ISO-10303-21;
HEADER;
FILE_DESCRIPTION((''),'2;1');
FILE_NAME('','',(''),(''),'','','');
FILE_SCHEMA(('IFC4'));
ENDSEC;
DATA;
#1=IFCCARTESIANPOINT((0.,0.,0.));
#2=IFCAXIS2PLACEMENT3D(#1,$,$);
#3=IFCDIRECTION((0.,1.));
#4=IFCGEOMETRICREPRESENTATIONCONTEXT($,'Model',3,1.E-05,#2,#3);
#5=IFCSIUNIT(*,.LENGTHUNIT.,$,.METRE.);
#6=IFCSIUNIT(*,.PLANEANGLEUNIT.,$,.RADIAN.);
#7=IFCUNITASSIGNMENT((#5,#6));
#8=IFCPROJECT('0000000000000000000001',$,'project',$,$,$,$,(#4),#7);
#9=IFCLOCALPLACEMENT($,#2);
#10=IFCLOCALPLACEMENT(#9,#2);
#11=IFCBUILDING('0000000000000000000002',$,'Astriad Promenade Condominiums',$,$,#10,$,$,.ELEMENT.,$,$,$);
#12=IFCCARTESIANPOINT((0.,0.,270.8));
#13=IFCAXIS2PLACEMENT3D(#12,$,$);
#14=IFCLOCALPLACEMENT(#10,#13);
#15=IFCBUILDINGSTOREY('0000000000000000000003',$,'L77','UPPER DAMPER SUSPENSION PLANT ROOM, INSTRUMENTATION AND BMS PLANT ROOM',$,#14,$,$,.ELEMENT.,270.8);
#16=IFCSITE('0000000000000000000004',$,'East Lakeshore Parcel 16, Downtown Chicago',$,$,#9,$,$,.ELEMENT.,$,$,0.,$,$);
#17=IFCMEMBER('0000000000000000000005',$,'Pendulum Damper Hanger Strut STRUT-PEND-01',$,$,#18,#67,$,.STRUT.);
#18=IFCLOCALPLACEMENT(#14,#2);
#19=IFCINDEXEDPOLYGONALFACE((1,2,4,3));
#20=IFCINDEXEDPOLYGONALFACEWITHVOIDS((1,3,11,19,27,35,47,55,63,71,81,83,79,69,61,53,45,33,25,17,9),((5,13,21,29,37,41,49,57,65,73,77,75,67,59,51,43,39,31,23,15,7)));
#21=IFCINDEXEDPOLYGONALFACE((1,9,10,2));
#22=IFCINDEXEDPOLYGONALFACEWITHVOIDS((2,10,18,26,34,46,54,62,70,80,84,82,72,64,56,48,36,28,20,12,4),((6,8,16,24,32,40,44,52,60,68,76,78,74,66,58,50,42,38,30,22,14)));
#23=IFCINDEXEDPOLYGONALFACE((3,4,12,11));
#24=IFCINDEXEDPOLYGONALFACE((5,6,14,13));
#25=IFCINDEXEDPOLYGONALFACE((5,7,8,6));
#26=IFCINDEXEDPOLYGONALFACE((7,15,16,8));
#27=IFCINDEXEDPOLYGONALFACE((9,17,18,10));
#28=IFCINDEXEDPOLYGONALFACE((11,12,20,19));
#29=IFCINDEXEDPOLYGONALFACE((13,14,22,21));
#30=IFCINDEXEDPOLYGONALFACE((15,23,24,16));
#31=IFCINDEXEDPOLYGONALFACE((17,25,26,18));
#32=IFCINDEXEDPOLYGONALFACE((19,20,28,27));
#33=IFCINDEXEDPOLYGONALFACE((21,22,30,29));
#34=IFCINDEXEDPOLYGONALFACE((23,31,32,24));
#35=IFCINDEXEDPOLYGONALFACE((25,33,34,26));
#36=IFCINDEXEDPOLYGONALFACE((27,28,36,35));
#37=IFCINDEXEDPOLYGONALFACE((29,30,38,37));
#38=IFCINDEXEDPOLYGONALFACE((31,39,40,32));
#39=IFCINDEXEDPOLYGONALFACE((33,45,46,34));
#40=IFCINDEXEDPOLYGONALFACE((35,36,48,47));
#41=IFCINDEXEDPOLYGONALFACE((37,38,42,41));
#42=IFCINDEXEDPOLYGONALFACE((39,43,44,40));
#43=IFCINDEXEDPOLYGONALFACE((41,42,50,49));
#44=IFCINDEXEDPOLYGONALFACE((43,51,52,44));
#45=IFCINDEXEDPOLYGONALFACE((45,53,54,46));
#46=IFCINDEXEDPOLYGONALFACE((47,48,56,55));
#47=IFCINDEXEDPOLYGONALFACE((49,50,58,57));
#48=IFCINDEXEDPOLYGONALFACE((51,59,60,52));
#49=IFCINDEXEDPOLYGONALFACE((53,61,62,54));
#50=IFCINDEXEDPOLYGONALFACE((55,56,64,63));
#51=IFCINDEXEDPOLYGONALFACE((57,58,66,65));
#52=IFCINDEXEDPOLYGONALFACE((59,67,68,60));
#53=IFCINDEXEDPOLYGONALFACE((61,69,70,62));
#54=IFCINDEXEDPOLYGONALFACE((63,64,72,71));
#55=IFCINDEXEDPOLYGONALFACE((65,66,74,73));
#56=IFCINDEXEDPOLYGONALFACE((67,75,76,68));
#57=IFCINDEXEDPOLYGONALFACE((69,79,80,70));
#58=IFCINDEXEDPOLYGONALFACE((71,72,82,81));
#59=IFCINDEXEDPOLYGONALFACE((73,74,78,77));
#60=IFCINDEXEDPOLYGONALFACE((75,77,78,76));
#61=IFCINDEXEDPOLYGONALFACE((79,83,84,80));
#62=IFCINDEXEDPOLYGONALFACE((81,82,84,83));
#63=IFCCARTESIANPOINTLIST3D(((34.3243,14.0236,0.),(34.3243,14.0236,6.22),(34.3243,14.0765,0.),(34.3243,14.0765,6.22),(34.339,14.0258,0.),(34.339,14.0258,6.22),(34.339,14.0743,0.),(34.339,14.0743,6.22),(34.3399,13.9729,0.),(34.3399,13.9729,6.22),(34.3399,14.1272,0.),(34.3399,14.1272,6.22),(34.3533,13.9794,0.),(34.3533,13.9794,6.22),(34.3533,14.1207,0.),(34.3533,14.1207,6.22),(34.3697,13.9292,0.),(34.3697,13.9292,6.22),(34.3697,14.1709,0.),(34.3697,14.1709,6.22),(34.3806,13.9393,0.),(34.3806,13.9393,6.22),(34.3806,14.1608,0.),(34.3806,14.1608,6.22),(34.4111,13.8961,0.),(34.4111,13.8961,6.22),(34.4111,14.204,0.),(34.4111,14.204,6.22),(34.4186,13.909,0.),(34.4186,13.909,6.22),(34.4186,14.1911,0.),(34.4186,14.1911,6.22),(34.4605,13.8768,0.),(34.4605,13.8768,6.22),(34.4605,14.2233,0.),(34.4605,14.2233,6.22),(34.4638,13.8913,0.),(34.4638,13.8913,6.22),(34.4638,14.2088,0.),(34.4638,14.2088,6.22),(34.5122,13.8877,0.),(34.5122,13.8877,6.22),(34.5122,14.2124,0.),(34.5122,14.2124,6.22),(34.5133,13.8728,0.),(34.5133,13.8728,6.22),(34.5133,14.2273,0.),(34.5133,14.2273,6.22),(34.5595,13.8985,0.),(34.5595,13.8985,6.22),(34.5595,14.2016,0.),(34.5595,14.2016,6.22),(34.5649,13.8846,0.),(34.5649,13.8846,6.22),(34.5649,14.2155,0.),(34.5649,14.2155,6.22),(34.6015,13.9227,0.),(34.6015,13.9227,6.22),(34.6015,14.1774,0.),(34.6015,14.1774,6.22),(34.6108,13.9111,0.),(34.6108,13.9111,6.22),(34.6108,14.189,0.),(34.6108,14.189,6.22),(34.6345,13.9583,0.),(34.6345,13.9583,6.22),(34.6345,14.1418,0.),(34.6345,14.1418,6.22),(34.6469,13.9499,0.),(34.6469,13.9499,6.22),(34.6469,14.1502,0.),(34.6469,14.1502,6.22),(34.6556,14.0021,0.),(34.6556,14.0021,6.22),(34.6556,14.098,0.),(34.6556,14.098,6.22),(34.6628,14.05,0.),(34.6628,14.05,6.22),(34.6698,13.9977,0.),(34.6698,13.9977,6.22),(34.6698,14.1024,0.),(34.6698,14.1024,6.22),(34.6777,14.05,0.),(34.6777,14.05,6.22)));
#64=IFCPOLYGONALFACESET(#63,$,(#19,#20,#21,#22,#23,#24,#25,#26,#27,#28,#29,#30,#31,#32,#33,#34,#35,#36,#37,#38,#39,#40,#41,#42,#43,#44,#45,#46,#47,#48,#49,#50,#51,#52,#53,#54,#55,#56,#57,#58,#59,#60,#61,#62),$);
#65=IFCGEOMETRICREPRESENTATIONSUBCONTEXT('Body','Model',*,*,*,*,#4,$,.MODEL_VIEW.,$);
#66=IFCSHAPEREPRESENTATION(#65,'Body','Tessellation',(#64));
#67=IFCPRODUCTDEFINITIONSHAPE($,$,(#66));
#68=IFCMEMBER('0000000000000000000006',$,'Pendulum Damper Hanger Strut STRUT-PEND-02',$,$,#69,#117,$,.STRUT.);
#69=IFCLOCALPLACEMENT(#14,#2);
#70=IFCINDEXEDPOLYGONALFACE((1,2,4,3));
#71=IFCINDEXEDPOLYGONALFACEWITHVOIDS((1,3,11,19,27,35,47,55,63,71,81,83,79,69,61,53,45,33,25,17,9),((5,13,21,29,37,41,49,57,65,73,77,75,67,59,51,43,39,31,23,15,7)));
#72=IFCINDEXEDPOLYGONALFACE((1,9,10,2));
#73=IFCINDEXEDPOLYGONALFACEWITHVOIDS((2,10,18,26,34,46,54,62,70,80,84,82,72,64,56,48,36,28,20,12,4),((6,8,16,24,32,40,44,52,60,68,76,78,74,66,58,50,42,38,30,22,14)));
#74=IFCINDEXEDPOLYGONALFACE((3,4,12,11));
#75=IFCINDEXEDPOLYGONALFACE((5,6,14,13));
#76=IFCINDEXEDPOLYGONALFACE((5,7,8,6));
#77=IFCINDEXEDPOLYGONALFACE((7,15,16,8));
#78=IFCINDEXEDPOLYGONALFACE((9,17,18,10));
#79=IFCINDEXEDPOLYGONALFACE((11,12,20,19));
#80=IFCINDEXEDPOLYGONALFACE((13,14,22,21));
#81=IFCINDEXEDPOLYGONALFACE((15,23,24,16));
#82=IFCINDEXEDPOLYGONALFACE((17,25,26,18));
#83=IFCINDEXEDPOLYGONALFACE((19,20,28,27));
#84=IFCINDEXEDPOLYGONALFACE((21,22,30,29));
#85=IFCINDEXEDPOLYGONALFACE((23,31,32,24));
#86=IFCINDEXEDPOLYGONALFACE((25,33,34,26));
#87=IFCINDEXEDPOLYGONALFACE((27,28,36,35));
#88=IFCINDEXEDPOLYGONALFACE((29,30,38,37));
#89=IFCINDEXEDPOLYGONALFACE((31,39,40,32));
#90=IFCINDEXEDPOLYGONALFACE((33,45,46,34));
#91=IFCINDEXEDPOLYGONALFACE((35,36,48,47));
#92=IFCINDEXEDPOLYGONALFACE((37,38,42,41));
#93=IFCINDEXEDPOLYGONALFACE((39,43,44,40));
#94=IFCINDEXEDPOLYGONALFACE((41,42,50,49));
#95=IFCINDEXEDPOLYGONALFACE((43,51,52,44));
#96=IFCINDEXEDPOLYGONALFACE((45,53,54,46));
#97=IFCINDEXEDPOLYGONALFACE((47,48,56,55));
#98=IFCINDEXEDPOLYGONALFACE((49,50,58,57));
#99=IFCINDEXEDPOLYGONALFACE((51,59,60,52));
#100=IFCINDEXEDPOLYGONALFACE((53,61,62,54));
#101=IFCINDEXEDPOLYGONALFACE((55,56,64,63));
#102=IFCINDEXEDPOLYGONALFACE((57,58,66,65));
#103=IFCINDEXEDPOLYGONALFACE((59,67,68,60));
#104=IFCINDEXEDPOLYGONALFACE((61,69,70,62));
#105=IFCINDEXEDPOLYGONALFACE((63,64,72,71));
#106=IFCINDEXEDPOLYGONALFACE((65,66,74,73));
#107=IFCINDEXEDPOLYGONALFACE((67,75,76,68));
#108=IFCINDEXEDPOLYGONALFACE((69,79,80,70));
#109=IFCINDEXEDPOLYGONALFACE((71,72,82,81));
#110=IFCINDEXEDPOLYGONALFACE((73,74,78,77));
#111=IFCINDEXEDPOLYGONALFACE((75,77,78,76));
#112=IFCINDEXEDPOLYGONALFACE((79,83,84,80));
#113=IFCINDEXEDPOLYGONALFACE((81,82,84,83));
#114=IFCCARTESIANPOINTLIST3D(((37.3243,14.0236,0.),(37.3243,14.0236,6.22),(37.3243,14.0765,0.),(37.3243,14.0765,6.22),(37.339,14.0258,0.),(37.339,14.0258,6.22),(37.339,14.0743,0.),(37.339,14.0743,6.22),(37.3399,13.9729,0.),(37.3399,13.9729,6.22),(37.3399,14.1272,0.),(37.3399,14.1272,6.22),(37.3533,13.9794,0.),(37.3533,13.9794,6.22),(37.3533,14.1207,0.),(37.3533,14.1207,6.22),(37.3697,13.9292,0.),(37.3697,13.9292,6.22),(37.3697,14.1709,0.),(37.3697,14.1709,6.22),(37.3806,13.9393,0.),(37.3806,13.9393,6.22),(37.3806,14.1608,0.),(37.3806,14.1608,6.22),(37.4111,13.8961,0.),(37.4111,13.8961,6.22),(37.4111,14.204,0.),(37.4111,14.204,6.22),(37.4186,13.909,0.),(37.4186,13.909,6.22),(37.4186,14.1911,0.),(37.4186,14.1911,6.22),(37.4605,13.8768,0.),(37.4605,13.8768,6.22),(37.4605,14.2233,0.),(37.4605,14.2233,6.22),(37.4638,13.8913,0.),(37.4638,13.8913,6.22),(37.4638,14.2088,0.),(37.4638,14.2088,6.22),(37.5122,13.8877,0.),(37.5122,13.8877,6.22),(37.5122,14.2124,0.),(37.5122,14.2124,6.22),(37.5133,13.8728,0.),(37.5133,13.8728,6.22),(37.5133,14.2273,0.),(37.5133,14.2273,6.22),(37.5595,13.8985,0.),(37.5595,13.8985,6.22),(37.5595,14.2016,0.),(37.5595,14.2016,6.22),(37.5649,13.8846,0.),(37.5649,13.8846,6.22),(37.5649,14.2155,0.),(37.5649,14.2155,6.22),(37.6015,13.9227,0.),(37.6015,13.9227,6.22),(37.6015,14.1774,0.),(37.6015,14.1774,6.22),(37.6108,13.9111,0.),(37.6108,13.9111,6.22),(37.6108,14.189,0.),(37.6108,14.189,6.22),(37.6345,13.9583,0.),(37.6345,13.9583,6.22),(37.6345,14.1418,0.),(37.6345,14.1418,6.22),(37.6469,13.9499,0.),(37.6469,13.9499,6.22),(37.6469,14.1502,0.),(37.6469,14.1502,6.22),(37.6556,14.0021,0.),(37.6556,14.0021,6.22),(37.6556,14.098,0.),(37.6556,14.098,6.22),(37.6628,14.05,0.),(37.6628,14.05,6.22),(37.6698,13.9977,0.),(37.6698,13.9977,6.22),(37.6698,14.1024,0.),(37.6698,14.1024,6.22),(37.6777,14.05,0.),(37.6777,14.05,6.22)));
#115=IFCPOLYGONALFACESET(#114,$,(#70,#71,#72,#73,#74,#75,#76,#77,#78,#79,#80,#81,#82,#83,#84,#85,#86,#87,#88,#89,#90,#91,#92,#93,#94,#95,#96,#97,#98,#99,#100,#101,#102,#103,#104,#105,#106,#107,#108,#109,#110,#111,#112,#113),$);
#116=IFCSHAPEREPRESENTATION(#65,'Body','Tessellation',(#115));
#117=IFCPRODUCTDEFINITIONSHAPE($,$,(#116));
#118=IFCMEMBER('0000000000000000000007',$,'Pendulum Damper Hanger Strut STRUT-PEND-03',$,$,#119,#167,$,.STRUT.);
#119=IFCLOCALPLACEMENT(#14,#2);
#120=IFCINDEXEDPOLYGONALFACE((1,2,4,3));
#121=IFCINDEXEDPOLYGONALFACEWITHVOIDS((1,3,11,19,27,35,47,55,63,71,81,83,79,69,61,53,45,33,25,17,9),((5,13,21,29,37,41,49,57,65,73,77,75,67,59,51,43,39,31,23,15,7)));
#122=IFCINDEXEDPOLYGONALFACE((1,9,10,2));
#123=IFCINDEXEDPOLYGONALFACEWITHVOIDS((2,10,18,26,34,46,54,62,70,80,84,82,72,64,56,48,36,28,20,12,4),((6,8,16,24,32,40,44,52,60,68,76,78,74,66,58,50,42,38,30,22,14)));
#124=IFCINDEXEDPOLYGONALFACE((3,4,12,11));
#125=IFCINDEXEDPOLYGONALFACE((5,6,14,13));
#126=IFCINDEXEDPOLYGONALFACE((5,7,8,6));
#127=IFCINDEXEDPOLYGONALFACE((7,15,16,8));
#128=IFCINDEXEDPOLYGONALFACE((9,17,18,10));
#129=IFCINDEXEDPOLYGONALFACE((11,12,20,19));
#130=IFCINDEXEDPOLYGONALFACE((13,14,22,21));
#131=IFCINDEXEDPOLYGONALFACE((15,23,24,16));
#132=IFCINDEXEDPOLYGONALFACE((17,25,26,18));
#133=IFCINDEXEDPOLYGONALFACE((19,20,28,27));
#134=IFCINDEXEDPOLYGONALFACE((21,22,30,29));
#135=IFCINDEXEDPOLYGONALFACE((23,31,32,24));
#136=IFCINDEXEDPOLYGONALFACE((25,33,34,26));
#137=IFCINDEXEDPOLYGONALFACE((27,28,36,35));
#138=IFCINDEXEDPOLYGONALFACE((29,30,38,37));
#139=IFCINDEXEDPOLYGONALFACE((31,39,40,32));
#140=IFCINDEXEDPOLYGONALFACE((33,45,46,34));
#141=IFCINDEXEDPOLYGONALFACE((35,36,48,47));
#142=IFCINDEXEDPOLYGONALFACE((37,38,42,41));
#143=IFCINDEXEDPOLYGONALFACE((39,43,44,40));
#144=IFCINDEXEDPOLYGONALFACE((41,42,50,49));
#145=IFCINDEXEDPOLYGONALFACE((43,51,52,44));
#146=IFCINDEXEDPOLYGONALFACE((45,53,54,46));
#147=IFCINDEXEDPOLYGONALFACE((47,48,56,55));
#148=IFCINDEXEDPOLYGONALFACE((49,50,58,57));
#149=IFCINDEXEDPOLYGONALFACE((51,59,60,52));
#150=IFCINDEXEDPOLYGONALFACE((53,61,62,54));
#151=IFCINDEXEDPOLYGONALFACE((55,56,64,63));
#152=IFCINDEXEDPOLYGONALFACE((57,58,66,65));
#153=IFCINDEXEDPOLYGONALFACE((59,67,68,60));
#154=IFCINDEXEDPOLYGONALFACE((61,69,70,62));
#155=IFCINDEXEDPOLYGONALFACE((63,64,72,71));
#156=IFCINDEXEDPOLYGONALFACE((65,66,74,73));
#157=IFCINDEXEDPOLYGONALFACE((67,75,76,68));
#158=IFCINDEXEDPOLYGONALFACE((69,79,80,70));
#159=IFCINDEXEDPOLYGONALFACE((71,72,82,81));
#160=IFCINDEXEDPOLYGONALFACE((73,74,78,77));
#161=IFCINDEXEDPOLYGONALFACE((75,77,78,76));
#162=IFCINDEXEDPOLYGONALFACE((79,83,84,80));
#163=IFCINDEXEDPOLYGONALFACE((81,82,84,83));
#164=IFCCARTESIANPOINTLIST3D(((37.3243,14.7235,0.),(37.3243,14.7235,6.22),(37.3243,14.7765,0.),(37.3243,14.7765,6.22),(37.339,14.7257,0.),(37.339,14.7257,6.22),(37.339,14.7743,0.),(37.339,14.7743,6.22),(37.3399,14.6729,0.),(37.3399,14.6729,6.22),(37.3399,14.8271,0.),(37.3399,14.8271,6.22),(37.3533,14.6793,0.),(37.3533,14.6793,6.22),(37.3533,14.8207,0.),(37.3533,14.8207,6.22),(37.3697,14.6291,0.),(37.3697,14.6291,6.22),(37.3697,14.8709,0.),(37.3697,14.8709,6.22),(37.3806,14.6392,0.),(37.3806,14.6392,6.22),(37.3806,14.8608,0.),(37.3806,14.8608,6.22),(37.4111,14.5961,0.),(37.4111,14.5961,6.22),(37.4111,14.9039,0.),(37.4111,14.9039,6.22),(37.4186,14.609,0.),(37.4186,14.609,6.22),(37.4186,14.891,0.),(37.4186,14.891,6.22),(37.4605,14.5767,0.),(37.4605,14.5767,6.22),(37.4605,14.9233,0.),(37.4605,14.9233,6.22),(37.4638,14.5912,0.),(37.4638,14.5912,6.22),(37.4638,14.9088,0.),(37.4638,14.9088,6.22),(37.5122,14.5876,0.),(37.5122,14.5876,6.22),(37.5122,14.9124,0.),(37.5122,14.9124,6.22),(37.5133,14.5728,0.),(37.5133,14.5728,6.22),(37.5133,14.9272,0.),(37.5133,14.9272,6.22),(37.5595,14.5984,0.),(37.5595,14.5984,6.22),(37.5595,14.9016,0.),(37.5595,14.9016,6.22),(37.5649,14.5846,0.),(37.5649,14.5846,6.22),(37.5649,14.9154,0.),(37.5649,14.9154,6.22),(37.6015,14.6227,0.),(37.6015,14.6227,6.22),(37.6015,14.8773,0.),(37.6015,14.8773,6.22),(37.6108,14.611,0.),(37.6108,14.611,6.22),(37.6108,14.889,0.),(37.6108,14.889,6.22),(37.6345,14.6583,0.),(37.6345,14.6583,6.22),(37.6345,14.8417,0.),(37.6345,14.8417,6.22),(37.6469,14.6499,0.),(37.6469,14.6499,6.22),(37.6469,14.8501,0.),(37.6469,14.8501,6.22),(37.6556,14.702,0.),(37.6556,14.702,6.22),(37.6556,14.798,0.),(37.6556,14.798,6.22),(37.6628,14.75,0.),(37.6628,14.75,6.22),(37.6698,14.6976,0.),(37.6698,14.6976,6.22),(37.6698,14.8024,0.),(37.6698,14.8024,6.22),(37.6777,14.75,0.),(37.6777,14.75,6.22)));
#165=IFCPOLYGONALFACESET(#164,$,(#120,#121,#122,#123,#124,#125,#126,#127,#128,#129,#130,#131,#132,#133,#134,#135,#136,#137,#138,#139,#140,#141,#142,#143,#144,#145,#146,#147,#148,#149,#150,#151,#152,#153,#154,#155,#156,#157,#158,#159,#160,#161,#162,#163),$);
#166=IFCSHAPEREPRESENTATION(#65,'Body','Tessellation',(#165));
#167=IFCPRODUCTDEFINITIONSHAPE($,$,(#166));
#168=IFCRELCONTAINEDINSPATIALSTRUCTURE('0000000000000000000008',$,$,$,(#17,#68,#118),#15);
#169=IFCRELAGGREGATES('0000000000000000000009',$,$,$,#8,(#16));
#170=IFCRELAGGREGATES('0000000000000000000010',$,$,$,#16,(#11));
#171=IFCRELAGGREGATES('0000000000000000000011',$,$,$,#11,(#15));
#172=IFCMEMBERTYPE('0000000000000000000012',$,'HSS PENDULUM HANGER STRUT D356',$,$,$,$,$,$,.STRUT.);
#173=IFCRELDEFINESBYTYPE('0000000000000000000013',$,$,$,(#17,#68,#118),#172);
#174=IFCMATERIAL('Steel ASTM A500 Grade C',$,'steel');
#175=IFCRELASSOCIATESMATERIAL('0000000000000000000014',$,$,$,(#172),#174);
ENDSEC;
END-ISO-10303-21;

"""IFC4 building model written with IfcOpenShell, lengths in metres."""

from ifc_helpers import new_model, si_unit, direction, frame, origin, origin_2d, place, context, subcontext, project, spatial, hollow_circle, extrude, source, transform, mapped, material, material_profile, profile_set, type_object, type_shapes, element, save


model = new_model("IFC4")

# Units and contexts
model_context = context("Model", 3, precision=1e-05, world=origin(), true_north=direction((0.0, 1.0)))
body_context = subcontext(model_context, "Body", "Model", "MODEL_VIEW")
ifc_project = project(units=[si_unit("LENGTHUNIT", "METRE"), si_unit("PLANEANGLEUNIT", "RADIAN")], contexts=[model_context])

# Site, building, storey
site_placement = place(None, origin())
site = spatial("IfcSite", under=ifc_project, at=site_placement, Name="East Lakeshore Parcel 16, Downtown Chicago", CompositionType="ELEMENT", RefElevation=0.0)
building_placement = place(site_placement, origin())
building = spatial("IfcBuilding", under=site, at=building_placement, Name="Astriad Promenade Condominiums", CompositionType="ELEMENT")
storey_placement = place(building_placement, frame((0.0, 0.0, 270.8)))
storey = spatial("IfcBuildingStorey", under=building, at=storey_placement, Name="L77", Description="UPPER DAMPER SUSPENSION PLANT ROOM, INSTRUMENTATION AND BMS PLANT ROOM", CompositionType="ELEMENT", Elevation=270.8)

# Members
ifc_material_1 = material(Name="Steel ASTM A500 Grade C", Category="steel")
ifc_material_profile_1 = material_profile(ifc_material_1, hollow_circle(Radius=0.1777, WallThickness=0.0149, at=origin_2d()), Name="HSS355.6X15.9")
ifc_profile_set_1 = profile_set([ifc_material_profile_1], Name="Steel ASTM A500 Grade C")
member_type_1 = type_object("IfcMemberType", Name="HSS PENDULUM HANGER STRUT D356", PredefinedType="STRUT", material=ifc_profile_set_1)
shared_shape_1 = source(origin(), body_context, "Body", "SweptSolid", [
    extrude(hollow_circle(Radius=0.1777, WallThickness=0.0149, at=origin_2d()), origin(), (0.0, 0.0, 1.0), 6.22),
])
type_shapes(member_type_1, [shared_shape_1])
for number, where, z_axis, x_axis, name in (
    (1, (34.5, 14.05, 0.0), (0.0, 0.0, 1.0), (1.0, 0.0, 0.0), "Pendulum Damper Hanger Strut STRUT-PEND-01"),
    (2, (37.5, 14.05, 0.0), (0.0, 0.0, 1.0), (1.0, 0.0, 0.0), "Pendulum Damper Hanger Strut STRUT-PEND-02"),
    (3, (37.5, 14.75, 0.0), (0.0, 0.0, 1.0), (1.0, 0.0, 0.0), "Pendulum Damper Hanger Strut STRUT-PEND-03"),
):
    element("IfcMember", number, at=place(storey_placement, frame(where, z_axis=z_axis, x_axis=x_axis)), inside=storey, type_object=member_type_1, Name=name, PredefinedType="STRUT", context=body_context, shape_type="MappedRepresentation", body=[
        mapped(shared_shape_1, transform((0.0, 0.0, 0.0), scale=1.0)),
    ])

save(model, "model.ifc")
